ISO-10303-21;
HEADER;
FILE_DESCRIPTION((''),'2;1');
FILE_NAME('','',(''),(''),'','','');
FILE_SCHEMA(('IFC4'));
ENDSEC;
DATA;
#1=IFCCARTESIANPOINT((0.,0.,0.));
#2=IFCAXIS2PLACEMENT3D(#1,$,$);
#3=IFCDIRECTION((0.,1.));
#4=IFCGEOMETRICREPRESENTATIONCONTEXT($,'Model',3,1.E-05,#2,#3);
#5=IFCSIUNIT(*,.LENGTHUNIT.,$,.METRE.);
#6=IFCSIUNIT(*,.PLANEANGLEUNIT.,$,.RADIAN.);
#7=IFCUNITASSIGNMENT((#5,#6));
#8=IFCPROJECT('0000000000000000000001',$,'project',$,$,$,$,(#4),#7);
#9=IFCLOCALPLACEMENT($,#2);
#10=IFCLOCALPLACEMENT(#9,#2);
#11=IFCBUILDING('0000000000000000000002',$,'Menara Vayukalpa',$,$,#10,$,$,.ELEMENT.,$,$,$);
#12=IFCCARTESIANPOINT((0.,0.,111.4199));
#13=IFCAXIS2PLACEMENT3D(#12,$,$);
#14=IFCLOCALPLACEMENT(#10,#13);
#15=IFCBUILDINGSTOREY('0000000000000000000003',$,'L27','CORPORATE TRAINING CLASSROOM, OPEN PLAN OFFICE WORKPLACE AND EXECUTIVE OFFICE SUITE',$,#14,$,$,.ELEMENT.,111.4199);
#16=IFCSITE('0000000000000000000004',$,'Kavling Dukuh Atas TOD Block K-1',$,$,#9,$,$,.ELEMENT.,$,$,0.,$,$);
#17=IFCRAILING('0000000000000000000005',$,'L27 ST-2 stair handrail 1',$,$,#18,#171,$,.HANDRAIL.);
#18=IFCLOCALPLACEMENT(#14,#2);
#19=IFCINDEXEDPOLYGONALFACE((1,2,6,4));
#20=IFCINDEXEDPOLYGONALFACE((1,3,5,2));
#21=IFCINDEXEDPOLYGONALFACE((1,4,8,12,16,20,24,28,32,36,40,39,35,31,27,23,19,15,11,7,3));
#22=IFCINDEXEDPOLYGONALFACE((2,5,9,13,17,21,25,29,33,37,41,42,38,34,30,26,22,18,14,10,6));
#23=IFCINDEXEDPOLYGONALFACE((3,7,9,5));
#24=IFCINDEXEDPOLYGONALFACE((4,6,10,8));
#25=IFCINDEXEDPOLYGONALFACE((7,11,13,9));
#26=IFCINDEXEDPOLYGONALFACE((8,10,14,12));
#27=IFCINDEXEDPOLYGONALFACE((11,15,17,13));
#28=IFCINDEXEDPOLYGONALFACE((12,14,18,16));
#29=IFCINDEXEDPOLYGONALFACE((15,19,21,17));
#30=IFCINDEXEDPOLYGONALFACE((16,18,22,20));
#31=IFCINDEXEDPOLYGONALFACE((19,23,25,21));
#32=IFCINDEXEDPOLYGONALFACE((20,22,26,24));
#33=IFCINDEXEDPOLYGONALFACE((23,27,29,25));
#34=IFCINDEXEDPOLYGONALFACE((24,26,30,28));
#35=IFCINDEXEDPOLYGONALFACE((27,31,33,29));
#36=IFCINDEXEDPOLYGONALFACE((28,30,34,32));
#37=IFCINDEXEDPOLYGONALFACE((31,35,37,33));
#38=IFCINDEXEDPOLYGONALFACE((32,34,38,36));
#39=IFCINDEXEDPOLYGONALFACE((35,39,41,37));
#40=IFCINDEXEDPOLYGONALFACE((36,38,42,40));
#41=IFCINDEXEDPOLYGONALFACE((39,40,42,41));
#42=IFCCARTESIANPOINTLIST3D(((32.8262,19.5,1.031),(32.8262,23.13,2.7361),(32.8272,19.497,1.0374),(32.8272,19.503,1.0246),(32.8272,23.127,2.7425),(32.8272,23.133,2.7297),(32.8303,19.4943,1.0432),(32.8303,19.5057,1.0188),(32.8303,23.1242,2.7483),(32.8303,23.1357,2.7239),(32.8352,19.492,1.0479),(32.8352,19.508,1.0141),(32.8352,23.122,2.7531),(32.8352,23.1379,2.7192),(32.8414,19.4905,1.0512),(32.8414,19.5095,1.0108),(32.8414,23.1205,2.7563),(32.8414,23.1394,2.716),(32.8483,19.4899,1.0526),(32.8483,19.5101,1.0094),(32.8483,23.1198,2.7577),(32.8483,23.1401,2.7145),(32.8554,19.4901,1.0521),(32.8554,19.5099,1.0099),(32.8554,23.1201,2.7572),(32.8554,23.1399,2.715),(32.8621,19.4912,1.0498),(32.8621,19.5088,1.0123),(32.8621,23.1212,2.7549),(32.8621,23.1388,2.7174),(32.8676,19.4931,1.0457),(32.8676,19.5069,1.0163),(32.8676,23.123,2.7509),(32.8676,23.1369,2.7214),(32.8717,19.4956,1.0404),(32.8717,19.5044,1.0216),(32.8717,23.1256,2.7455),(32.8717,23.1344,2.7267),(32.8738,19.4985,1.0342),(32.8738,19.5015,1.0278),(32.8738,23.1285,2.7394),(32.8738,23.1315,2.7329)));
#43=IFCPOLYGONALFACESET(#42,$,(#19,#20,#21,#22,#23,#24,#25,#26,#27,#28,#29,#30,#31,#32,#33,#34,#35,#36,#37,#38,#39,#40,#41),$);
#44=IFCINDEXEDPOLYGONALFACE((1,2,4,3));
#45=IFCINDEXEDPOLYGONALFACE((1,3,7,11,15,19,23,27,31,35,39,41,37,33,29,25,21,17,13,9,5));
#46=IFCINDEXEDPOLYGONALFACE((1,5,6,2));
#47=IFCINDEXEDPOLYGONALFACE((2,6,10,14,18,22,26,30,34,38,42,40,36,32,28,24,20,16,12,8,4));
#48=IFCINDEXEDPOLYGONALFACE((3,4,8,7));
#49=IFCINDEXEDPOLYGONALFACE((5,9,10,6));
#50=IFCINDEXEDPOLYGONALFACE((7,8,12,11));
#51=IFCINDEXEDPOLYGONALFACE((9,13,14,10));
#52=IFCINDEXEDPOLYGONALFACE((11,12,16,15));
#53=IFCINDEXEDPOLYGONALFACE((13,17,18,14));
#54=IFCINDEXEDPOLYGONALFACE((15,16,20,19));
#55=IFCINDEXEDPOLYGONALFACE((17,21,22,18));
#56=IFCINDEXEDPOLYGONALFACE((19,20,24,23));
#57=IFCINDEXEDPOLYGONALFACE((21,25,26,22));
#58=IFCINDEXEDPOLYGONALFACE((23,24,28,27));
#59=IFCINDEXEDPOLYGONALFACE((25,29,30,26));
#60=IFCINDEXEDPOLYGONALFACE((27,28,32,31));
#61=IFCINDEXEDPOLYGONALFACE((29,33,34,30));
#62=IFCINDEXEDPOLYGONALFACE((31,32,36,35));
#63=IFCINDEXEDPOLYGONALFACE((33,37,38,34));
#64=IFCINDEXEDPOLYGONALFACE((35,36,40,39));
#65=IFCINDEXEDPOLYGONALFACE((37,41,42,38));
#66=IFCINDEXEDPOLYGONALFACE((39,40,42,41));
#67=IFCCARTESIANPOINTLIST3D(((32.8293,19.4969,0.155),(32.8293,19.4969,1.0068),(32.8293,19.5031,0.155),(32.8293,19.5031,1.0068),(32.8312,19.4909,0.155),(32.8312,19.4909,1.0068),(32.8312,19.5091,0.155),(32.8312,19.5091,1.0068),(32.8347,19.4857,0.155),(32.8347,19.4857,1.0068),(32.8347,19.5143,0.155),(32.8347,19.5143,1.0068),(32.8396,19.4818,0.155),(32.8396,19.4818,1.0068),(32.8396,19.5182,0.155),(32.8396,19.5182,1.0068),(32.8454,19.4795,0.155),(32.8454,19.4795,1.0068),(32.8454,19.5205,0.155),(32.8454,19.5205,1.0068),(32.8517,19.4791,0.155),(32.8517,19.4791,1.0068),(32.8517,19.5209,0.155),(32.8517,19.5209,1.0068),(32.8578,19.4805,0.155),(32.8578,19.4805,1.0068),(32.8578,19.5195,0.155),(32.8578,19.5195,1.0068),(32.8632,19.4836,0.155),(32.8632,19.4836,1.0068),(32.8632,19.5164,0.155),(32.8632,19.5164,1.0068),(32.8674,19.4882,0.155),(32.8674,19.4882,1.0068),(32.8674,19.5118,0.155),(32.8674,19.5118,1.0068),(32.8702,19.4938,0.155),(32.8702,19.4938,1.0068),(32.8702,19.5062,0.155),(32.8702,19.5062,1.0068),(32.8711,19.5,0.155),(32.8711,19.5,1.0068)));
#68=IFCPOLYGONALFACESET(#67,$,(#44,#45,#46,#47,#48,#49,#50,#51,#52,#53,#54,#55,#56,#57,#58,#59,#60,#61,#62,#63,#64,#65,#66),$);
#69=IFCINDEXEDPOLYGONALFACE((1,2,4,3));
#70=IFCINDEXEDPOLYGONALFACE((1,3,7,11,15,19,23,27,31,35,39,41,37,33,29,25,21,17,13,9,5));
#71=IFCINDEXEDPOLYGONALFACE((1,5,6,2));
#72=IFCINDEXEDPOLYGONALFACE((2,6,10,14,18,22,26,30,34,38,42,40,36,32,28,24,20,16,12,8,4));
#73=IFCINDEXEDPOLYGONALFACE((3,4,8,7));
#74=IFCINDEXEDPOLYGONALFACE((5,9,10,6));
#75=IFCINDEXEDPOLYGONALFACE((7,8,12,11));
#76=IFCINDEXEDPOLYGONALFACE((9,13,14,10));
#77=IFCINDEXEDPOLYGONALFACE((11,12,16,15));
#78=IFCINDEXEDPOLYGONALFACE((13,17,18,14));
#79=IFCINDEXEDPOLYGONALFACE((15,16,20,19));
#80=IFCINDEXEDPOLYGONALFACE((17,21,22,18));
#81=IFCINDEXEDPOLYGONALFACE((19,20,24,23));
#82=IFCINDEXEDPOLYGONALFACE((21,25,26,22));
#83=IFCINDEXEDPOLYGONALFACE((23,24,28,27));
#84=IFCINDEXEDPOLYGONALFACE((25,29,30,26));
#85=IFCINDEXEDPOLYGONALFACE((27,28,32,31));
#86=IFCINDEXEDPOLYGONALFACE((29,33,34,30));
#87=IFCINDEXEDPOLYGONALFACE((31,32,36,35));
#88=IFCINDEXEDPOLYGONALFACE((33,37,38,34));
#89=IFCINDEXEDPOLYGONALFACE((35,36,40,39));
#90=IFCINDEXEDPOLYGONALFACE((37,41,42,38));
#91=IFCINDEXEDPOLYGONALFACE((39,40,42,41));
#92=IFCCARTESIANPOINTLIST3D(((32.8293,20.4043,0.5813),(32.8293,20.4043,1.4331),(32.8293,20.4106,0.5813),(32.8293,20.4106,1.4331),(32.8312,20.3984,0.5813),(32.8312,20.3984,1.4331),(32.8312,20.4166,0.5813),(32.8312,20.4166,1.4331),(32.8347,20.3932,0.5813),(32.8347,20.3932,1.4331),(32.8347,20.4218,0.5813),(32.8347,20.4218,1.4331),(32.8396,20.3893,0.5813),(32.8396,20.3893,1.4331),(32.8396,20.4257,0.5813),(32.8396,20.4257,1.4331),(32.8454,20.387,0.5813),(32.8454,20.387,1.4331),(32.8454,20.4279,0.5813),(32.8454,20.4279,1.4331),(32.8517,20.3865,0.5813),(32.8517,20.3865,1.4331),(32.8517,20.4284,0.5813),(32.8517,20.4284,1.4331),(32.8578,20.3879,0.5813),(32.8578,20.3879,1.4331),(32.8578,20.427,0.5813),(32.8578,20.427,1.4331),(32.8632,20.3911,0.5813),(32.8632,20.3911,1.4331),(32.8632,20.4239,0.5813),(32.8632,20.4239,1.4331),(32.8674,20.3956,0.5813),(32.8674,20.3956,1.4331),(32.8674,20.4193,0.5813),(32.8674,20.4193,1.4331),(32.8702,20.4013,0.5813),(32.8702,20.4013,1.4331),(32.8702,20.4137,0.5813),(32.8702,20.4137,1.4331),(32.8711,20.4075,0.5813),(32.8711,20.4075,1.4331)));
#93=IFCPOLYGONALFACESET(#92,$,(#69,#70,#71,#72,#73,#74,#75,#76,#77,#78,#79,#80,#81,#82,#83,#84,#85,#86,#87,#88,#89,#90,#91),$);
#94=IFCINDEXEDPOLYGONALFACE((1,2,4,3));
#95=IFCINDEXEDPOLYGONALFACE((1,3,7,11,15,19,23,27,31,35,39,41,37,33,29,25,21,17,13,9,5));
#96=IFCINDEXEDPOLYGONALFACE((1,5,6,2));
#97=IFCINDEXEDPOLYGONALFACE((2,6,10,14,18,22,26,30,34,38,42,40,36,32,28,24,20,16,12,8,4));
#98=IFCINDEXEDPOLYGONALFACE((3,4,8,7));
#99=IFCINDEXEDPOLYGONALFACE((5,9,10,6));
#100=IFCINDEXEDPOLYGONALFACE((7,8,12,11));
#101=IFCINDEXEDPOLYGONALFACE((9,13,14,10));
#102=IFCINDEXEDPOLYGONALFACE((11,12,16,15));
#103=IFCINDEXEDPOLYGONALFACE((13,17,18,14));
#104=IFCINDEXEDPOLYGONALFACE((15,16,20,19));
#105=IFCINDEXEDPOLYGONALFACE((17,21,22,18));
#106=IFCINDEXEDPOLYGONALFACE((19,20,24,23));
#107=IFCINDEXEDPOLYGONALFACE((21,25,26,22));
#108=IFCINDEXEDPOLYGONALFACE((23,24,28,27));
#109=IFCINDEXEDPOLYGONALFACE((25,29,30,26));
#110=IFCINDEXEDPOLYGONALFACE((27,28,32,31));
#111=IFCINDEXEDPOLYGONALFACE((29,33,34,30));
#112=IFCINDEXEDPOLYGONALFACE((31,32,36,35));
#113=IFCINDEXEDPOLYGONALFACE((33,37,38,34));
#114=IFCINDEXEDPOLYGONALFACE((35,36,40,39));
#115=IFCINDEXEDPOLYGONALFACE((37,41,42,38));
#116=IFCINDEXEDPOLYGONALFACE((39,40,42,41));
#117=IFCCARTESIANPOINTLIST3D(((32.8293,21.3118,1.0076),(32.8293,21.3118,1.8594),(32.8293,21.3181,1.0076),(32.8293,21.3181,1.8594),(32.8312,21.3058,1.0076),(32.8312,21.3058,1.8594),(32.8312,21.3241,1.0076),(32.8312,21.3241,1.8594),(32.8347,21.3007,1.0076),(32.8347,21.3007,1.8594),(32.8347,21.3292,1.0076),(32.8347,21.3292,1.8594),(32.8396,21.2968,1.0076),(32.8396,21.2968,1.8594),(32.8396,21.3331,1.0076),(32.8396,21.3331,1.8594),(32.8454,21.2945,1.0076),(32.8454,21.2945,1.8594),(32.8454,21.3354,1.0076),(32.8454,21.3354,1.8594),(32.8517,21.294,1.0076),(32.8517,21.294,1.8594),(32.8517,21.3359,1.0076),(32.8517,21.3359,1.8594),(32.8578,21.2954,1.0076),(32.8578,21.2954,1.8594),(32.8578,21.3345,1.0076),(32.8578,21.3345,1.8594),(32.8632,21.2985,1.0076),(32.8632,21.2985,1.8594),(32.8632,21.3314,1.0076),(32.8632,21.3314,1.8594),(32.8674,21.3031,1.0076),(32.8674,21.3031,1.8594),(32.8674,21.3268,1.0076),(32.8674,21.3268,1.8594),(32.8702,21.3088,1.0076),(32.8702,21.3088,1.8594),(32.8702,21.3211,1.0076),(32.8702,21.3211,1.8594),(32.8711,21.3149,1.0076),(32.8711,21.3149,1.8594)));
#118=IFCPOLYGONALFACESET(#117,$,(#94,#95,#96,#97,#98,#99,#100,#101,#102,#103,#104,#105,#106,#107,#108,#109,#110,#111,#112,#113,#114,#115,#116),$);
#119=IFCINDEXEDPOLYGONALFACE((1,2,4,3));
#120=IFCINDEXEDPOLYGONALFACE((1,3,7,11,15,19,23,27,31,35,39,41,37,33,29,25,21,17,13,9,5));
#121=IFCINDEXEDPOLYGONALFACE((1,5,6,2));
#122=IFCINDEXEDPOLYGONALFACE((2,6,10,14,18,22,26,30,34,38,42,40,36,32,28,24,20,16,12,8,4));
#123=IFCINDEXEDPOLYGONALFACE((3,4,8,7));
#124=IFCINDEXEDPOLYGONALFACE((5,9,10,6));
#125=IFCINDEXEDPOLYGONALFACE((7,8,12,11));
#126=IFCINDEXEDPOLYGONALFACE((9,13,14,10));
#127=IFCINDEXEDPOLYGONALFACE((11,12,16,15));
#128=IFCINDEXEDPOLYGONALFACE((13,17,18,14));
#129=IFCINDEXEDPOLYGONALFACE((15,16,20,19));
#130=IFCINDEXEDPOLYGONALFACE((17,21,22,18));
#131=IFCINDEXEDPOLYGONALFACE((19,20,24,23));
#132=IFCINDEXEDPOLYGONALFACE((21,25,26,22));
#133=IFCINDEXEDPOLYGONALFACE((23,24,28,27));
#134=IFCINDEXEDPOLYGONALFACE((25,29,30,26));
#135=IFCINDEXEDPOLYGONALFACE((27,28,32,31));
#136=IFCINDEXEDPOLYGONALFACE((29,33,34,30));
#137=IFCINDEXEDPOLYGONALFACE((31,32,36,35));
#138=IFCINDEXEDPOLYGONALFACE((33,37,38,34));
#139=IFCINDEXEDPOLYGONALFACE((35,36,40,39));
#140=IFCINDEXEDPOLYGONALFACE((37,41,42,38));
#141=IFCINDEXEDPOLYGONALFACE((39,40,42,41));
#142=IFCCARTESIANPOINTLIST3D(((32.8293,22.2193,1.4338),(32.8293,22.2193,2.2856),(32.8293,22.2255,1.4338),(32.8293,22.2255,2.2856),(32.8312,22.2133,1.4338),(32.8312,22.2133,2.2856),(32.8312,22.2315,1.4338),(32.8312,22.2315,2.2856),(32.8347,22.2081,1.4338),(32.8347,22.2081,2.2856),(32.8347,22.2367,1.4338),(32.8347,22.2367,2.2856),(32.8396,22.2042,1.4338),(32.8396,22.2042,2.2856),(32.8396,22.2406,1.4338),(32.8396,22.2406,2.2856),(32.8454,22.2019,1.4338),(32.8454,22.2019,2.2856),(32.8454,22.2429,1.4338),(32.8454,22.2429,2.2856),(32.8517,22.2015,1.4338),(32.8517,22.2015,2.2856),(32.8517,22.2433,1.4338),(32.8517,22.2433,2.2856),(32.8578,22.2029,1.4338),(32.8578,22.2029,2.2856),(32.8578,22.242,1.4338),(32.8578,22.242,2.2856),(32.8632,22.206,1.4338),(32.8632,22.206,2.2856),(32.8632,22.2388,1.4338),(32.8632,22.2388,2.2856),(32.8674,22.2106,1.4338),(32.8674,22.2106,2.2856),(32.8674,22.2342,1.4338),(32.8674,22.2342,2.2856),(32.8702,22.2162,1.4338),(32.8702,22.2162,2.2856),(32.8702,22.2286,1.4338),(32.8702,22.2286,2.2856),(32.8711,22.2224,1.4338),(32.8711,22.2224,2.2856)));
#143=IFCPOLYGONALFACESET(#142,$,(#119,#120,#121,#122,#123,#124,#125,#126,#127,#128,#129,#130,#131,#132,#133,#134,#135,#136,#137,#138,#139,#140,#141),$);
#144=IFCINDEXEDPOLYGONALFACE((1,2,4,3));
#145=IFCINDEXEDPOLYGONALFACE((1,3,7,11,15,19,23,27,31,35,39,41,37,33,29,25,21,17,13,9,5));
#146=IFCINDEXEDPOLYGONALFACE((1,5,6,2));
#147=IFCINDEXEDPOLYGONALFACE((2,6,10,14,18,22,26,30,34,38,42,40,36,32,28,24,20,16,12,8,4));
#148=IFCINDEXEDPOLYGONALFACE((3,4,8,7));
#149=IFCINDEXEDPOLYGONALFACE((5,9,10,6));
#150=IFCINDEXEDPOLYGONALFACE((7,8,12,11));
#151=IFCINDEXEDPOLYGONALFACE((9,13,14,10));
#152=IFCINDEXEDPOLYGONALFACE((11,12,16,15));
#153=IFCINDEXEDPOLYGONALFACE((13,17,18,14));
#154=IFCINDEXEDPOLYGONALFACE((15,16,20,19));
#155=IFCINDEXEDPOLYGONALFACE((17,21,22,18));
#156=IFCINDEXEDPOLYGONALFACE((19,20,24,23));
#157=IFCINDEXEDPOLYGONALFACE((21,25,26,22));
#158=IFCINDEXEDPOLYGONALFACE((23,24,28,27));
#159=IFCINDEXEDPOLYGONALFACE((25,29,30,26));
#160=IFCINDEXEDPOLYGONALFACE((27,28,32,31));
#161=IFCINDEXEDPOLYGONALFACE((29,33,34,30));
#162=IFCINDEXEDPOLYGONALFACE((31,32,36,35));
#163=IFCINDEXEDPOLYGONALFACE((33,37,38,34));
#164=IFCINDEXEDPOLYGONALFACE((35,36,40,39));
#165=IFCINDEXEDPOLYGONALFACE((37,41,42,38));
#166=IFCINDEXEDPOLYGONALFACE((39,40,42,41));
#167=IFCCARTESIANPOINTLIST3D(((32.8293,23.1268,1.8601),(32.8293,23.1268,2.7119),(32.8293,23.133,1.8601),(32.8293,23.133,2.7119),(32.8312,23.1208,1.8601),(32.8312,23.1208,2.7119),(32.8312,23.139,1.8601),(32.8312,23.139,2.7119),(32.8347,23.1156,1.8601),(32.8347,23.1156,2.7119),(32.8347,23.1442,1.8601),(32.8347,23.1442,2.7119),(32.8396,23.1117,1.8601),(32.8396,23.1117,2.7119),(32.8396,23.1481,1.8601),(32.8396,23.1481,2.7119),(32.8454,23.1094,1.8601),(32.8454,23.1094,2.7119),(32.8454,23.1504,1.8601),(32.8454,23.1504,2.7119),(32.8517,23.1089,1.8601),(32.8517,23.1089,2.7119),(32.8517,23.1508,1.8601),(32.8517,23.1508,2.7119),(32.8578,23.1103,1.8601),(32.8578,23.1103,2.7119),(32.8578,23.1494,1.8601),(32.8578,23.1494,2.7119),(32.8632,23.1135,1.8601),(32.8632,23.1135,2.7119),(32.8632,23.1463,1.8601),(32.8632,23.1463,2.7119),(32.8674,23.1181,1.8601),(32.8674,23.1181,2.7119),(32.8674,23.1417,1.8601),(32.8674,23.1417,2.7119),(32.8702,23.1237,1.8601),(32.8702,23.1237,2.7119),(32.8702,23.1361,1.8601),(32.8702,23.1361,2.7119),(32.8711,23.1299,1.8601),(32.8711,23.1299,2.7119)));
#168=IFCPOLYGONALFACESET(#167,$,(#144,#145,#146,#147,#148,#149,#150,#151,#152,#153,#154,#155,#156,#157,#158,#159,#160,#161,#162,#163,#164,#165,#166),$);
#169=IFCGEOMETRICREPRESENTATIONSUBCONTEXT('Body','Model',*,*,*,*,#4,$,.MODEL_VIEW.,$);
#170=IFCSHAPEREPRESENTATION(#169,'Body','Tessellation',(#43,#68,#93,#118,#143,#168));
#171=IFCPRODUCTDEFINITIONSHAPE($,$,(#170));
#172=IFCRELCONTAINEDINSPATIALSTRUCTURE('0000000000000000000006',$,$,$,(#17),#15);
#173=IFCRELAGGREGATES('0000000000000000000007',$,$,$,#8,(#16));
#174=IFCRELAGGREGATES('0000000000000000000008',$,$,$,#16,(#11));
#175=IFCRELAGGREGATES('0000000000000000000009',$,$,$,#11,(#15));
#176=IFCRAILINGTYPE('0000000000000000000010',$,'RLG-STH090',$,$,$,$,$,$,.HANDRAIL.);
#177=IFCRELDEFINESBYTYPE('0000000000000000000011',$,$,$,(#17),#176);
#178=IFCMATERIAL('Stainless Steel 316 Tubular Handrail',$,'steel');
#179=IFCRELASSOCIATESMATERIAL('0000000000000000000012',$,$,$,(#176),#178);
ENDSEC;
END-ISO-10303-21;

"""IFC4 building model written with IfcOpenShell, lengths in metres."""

from ifc_helpers import new_model, si_unit, direction, frame, origin, origin_2d, place, context, subcontext, project, spatial, circle, extrude, material, type_object, element, save


model = new_model("IFC4")

# Units and contexts
model_context = context("Model", 3, precision=1e-05, world=origin(), true_north=direction((0.0, 1.0)))
body_context = subcontext(model_context, "Body", "Model", "MODEL_VIEW")
ifc_project = project(units=[si_unit("LENGTHUNIT", "METRE"), si_unit("PLANEANGLEUNIT", "RADIAN")], contexts=[model_context])

# Site, building, storey
site_placement = place(None, origin())
site = spatial("IfcSite", under=ifc_project, at=site_placement, Name="Kavling Dukuh Atas TOD Block K-1", CompositionType="ELEMENT", RefElevation=0.0)
building_placement = place(site_placement, origin())
building = spatial("IfcBuilding", under=site, at=building_placement, Name="Menara Vayukalpa", CompositionType="ELEMENT")
storey_placement = place(building_placement, frame((0.0, 0.0, 111.4199)))
storey = spatial("IfcBuildingStorey", under=building, at=storey_placement, Name="L27", Description="CORPORATE TRAINING CLASSROOM, OPEN PLAN OFFICE WORKPLACE AND EXECUTIVE OFFICE SUITE", CompositionType="ELEMENT", Elevation=111.4199)

# Railing
ifc_material_1 = material(Name="Stainless Steel 316 Tubular Handrail", Category="steel")
railing_type_1 = type_object("IfcRailingType", Name="RLG-STH090", PredefinedType="HANDRAIL", material=ifc_material_1)
railing_1_placement = place(storey_placement, frame((32.8501, 19.5, 0.155)))
element("IfcRailing", 1, at=railing_1_placement, inside=storey, type_object=railing_type_1, Name="L27 ST-2 stair handrail 1", PredefinedType="HANDRAIL", context=body_context, shape_type="SweptSolid", body=[
    extrude(circle(Radius=0.0239, at=origin_2d()), frame((0.0, 0.0, 0.876), z_axis=(0.0, 0.905116, 0.425164), x_axis=(-1.0, 0.0, 0.0)), (0.0, 0.0, 1.0), 4.0105),
    extrude(circle(Radius=0.021, at=origin_2d()), origin(), (0.0, 0.0, 1.0), 0.8518),
    extrude(circle(Radius=0.021, at=origin_2d()), frame((0.0, 0.9075, 0.4263)), (0.0, 0.0, 1.0), 0.8518),
    extrude(circle(Radius=0.021, at=origin_2d()), frame((0.0, 1.8149, 0.8525)), (0.0, 0.0, 1.0), 0.8518),
    extrude(circle(Radius=0.021, at=origin_2d()), frame((0.0, 2.7224, 1.2788)), (0.0, 0.0, 1.0), 0.8518),
    extrude(circle(Radius=0.021, at=origin_2d()), frame((0.0, 3.6299, 1.7051)), (0.0, 0.0, 1.0), 0.8518),
])

save(model, "model.ifc")
